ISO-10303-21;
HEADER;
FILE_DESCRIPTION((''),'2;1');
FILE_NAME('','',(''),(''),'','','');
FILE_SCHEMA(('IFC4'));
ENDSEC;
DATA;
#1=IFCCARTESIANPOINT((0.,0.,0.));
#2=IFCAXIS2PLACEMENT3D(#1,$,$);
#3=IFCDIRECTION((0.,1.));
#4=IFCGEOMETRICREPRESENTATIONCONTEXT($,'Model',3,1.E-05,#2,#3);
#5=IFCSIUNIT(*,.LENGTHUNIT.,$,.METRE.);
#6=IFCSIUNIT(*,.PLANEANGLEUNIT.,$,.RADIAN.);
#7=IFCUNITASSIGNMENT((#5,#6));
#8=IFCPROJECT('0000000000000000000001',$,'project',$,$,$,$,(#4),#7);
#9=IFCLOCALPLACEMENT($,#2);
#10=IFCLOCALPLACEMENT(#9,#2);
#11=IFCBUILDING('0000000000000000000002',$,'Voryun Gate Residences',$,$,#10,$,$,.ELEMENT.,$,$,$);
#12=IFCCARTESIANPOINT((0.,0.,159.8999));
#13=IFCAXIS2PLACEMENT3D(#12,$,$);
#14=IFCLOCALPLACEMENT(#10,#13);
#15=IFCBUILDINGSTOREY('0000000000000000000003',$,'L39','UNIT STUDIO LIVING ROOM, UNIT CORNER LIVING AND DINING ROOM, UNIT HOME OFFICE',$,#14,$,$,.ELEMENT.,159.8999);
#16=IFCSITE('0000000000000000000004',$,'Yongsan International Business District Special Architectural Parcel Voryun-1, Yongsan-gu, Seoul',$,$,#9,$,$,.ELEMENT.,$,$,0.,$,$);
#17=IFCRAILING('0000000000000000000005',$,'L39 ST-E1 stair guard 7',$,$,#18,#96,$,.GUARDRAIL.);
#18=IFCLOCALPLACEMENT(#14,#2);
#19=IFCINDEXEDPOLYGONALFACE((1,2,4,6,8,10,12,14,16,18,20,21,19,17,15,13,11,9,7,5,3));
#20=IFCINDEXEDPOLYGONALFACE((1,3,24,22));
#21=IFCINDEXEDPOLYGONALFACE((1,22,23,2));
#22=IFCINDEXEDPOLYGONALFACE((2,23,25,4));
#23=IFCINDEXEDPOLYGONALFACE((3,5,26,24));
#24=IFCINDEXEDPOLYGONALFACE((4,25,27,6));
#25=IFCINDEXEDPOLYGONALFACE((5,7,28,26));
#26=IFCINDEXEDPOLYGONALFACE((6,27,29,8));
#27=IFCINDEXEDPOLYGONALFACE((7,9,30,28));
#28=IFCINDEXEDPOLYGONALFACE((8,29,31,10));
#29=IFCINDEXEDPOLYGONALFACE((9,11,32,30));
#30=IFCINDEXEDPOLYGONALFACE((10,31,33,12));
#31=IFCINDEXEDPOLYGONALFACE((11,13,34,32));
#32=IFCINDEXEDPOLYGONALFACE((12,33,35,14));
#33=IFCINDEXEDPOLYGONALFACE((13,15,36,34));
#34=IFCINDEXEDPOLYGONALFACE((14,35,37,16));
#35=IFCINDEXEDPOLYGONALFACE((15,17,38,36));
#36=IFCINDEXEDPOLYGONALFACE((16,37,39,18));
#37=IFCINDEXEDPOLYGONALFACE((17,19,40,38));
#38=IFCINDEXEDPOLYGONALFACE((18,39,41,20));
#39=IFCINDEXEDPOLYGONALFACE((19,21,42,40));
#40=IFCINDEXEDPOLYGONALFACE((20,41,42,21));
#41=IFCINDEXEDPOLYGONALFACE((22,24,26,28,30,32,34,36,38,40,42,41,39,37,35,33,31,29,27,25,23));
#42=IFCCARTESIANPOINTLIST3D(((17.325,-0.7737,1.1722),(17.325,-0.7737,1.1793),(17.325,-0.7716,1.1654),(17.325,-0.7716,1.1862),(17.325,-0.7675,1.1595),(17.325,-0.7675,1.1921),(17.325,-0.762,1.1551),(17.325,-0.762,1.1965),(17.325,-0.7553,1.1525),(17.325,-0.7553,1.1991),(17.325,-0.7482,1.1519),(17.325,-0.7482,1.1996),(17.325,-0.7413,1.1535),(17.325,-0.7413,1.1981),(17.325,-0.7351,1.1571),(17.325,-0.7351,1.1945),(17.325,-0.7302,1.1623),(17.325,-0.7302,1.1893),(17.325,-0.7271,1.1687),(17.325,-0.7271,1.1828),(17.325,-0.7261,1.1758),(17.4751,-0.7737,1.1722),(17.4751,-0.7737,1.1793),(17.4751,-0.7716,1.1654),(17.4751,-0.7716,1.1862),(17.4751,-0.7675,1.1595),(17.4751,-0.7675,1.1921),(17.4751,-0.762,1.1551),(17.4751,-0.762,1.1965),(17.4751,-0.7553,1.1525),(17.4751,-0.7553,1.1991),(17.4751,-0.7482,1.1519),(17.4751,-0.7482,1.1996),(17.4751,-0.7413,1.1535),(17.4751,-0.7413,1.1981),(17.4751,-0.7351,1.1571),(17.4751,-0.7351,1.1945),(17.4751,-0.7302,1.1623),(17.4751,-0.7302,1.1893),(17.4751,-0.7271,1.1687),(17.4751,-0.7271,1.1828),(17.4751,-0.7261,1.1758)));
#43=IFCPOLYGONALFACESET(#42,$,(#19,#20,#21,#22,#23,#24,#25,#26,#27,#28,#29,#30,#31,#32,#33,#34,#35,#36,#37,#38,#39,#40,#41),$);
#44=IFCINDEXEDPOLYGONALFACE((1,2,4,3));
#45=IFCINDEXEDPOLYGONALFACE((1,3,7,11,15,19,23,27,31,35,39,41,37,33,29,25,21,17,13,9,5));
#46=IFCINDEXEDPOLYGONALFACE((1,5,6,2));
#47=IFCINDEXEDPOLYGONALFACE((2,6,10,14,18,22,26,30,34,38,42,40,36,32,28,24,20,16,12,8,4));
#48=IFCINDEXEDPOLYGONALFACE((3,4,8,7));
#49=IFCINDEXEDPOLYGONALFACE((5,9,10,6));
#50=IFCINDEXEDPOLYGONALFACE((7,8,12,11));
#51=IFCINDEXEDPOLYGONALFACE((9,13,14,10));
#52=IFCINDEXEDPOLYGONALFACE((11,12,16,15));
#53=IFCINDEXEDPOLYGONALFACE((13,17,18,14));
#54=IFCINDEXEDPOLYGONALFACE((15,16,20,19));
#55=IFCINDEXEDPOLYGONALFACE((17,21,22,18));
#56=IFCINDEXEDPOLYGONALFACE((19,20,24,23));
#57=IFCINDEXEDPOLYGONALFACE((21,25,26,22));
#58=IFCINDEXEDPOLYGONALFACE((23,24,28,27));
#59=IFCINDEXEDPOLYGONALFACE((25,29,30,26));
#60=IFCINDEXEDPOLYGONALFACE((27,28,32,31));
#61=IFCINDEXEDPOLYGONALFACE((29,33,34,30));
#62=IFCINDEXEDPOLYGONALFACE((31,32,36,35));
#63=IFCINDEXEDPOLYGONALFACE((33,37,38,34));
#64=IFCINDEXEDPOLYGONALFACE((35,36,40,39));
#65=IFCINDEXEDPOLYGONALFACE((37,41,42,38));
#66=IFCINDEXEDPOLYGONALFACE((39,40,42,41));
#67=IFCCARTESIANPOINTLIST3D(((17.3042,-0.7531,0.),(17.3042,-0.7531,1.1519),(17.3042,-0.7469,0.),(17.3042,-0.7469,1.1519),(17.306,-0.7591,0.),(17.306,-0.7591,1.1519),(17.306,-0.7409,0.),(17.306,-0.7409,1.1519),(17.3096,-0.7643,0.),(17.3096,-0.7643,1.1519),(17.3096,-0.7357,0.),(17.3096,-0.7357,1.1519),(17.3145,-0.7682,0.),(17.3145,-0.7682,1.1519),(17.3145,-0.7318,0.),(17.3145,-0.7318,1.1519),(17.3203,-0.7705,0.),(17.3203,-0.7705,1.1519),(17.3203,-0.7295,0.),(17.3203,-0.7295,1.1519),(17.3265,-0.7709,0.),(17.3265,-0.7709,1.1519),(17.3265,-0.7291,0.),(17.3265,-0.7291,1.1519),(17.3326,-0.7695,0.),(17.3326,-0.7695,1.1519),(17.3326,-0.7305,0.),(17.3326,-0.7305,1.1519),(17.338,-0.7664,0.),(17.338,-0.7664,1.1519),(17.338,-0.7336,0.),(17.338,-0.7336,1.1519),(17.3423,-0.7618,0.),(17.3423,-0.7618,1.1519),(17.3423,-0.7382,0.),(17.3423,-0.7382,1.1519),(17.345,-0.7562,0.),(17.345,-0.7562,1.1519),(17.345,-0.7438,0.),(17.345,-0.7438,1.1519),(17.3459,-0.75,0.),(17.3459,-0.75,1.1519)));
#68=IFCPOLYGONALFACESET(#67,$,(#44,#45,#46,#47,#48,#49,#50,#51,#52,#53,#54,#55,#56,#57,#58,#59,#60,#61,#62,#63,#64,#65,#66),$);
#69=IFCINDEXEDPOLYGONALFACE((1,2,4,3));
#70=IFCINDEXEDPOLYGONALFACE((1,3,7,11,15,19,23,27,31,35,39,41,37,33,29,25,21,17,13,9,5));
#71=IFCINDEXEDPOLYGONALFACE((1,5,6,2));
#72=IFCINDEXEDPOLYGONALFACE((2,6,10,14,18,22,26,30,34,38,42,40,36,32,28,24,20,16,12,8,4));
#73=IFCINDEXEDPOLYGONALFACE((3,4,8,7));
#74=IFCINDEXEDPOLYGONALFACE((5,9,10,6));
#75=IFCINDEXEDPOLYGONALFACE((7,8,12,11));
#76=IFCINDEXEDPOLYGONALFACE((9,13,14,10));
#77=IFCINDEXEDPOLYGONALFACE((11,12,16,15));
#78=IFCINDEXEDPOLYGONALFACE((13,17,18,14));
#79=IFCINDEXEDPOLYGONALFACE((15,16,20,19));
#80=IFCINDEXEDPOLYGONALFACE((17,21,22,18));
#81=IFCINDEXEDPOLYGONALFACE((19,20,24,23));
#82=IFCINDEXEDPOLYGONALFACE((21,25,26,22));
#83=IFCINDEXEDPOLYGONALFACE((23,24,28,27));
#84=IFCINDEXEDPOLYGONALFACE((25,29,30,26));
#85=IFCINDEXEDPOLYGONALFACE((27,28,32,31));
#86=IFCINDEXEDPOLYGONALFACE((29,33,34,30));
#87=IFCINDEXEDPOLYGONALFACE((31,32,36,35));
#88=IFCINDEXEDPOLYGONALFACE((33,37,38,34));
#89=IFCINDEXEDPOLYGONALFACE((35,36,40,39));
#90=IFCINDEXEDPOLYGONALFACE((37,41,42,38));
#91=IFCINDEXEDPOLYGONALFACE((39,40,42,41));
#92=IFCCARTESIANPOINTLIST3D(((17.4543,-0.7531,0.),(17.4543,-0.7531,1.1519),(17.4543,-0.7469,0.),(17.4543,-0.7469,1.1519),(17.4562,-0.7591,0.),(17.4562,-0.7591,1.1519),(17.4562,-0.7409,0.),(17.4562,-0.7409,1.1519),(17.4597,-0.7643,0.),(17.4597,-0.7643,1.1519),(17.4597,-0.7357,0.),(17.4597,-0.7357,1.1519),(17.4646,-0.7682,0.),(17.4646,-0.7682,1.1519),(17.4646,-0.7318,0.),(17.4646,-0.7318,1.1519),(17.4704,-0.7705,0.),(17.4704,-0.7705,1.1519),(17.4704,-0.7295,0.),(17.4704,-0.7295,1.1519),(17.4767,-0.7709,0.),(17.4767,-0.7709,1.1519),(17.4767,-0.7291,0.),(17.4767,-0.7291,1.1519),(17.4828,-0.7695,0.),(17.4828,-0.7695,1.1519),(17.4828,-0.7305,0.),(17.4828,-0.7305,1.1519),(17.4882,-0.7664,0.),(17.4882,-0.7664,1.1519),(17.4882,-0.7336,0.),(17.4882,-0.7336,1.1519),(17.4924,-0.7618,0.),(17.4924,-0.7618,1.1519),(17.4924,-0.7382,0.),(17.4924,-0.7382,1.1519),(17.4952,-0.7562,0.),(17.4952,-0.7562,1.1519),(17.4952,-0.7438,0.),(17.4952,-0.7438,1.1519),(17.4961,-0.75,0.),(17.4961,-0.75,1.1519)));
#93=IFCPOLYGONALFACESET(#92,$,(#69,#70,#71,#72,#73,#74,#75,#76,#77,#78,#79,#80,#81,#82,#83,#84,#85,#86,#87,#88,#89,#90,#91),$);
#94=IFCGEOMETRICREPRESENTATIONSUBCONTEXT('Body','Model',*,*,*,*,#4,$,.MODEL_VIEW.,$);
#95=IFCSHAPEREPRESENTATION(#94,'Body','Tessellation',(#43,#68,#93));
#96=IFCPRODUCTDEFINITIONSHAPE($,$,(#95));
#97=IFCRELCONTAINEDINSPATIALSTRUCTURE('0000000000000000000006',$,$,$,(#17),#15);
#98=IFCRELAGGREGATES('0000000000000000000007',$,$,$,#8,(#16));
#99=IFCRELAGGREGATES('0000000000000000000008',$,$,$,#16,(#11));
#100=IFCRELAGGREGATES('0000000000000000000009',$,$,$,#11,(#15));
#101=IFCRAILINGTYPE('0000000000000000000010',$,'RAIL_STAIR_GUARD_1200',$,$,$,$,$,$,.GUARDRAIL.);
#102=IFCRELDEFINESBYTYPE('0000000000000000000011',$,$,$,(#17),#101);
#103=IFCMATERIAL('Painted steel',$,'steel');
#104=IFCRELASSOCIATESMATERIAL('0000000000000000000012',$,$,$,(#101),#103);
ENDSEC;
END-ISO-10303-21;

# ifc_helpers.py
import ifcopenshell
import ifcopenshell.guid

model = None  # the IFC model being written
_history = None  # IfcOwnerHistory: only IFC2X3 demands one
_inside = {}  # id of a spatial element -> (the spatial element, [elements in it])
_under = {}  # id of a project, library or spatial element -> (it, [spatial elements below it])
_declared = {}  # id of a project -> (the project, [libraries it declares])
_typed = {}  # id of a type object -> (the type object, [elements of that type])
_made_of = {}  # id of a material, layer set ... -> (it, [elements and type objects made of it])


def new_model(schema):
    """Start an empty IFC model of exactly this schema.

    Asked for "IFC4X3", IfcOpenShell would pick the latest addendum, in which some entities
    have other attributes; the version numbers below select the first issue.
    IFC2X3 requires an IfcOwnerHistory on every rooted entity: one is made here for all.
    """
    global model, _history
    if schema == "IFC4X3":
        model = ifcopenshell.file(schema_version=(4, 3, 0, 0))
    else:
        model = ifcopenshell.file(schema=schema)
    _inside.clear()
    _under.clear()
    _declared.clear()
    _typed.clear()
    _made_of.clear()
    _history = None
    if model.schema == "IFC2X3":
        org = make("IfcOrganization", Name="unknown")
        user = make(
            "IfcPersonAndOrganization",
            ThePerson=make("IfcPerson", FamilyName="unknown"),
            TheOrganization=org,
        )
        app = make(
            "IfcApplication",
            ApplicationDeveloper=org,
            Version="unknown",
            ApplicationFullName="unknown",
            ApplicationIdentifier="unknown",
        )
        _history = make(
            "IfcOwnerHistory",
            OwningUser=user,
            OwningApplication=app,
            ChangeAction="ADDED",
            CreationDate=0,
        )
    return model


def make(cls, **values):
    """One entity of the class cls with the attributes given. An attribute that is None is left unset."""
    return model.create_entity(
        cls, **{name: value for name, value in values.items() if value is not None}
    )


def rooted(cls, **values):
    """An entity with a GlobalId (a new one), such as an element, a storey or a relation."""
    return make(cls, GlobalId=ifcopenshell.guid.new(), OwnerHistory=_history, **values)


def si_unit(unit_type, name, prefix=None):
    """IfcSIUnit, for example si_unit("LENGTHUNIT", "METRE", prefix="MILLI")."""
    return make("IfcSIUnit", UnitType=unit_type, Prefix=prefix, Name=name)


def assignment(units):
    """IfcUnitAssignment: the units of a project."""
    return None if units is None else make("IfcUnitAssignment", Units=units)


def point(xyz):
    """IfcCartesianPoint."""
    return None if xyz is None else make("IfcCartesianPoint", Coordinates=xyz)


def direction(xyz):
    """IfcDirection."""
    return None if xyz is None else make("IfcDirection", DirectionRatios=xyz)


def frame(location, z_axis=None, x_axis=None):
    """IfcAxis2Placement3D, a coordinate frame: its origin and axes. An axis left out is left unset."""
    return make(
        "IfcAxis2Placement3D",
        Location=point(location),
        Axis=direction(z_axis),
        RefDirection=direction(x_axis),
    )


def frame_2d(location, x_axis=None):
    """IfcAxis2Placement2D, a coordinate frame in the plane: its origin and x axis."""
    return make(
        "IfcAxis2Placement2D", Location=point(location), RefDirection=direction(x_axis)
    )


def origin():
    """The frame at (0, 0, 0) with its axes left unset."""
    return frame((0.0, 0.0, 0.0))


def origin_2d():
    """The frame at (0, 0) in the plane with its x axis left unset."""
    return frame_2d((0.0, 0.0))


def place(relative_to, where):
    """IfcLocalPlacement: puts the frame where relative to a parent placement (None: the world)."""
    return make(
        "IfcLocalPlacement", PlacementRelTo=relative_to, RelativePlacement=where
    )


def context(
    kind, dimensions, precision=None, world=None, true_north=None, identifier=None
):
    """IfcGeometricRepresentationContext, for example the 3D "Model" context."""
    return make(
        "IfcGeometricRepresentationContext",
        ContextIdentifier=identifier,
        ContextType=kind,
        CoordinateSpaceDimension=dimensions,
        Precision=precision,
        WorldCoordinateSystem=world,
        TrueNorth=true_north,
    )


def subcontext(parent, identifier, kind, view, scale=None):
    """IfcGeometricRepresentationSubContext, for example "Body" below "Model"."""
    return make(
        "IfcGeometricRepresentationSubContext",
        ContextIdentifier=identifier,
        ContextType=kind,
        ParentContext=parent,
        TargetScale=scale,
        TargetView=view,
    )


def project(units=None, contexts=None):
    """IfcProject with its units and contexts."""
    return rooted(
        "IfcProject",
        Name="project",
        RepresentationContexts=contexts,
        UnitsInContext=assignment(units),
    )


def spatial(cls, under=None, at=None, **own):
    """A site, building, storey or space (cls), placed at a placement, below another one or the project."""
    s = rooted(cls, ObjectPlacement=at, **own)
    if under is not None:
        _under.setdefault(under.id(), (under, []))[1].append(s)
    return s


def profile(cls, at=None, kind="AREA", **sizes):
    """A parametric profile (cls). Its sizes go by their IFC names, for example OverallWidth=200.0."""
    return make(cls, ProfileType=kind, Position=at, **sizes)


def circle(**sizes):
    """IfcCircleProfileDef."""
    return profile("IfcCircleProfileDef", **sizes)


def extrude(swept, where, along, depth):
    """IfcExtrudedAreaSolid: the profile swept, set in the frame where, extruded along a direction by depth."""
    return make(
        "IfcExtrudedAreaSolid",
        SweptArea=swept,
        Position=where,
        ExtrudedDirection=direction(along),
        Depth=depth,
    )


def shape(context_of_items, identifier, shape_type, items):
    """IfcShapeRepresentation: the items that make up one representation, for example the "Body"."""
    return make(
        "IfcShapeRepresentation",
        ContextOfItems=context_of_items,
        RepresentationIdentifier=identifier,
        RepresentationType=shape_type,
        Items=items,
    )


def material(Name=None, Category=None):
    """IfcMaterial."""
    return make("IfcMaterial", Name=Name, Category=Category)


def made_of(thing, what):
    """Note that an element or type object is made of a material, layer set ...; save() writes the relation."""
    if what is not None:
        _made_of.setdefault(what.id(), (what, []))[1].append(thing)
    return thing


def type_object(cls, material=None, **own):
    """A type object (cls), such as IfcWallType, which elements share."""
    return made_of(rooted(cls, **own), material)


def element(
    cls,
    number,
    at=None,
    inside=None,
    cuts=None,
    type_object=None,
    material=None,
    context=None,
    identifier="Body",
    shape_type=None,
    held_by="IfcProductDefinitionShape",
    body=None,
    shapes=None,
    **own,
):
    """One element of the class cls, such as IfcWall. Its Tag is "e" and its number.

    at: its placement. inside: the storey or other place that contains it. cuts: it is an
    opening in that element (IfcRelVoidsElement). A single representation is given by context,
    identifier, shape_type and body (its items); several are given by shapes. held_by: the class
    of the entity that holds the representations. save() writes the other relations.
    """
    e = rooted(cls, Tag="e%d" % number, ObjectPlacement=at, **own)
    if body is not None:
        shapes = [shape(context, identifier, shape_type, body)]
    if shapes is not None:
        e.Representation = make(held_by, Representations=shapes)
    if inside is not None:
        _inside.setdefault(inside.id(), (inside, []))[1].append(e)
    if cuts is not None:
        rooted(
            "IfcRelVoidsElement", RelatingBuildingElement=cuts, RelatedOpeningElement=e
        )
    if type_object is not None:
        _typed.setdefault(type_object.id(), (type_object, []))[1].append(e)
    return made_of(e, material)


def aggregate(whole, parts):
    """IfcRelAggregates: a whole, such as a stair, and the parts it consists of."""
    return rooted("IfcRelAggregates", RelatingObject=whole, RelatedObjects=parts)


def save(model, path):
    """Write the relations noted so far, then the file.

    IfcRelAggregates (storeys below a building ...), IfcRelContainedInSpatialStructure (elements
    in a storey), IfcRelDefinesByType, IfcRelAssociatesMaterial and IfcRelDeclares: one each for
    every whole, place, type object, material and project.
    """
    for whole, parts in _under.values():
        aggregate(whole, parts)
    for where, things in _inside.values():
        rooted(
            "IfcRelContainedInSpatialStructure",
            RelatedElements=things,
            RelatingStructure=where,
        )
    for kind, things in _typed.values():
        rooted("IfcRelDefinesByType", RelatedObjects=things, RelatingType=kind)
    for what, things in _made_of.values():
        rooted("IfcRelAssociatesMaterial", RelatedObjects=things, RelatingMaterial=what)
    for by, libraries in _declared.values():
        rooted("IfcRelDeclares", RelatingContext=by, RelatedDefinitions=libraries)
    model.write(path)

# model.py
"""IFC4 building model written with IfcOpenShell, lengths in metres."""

from ifc_helpers import new_model, si_unit, direction, frame, origin, origin_2d, place, context, subcontext, project, spatial, circle, extrude, material, type_object, element, save


model = new_model("IFC4")

# Units and contexts
model_context = context("Model", 3, precision=1e-05, world=origin(), true_north=direction((0.0, 1.0)))
body_context = subcontext(model_context, "Body", "Model", "MODEL_VIEW")
ifc_project = project(units=[si_unit("LENGTHUNIT", "METRE"), si_unit("PLANEANGLEUNIT", "RADIAN")], contexts=[model_context])

# Site, building, storey
site_placement = place(None, origin())
site = spatial("IfcSite", under=ifc_project, at=site_placement, Name="Yongsan International Business District Special Architectural Parcel Voryun-1, Yongsan-gu, Seoul", CompositionType="ELEMENT", RefElevation=0.0)
building_placement = place(site_placement, origin())
building = spatial("IfcBuilding", under=site, at=building_placement, Name="Voryun Gate Residences", CompositionType="ELEMENT")
storey_placement = place(building_placement, frame((0.0, 0.0, 159.8999)))
storey = spatial("IfcBuildingStorey", under=building, at=storey_placement, Name="L39", Description="UNIT STUDIO LIVING ROOM, UNIT CORNER LIVING AND DINING ROOM, UNIT HOME OFFICE", CompositionType="ELEMENT", Elevation=159.8999)

# Railing
ifc_material_1 = material(Name="Painted steel", Category="steel")
railing_type_1 = type_object("IfcRailingType", Name="RAIL_STAIR_GUARD_1200", PredefinedType="GUARDRAIL", material=ifc_material_1)
railing_1_placement = place(storey_placement, frame((17.325, -0.75, 0.0)))
element("IfcRailing", 1, at=railing_1_placement, inside=storey, type_object=railing_type_1, Name="L39 ST-E1 stair guard 7", PredefinedType="GUARDRAIL", context=body_context, shape_type="SweptSolid", body=[
    extrude(circle(Radius=0.0239, at=origin_2d()), frame((0.0, 0.0, 1.1758), z_axis=(1.0, 0.0, 0.0), x_axis=(0.0, 1.0, 0.0)), (0.0, 0.0, 1.0), 0.1501),
    extrude(circle(Radius=0.021, at=origin_2d()), origin(), (0.0, 0.0, 1.0), 1.1519),
    extrude(circle(Radius=0.021, at=origin_2d()), frame((0.1501, 0.0, 0.0)), (0.0, 0.0, 1.0), 1.1519),
])

save(model, "model.ifc")
